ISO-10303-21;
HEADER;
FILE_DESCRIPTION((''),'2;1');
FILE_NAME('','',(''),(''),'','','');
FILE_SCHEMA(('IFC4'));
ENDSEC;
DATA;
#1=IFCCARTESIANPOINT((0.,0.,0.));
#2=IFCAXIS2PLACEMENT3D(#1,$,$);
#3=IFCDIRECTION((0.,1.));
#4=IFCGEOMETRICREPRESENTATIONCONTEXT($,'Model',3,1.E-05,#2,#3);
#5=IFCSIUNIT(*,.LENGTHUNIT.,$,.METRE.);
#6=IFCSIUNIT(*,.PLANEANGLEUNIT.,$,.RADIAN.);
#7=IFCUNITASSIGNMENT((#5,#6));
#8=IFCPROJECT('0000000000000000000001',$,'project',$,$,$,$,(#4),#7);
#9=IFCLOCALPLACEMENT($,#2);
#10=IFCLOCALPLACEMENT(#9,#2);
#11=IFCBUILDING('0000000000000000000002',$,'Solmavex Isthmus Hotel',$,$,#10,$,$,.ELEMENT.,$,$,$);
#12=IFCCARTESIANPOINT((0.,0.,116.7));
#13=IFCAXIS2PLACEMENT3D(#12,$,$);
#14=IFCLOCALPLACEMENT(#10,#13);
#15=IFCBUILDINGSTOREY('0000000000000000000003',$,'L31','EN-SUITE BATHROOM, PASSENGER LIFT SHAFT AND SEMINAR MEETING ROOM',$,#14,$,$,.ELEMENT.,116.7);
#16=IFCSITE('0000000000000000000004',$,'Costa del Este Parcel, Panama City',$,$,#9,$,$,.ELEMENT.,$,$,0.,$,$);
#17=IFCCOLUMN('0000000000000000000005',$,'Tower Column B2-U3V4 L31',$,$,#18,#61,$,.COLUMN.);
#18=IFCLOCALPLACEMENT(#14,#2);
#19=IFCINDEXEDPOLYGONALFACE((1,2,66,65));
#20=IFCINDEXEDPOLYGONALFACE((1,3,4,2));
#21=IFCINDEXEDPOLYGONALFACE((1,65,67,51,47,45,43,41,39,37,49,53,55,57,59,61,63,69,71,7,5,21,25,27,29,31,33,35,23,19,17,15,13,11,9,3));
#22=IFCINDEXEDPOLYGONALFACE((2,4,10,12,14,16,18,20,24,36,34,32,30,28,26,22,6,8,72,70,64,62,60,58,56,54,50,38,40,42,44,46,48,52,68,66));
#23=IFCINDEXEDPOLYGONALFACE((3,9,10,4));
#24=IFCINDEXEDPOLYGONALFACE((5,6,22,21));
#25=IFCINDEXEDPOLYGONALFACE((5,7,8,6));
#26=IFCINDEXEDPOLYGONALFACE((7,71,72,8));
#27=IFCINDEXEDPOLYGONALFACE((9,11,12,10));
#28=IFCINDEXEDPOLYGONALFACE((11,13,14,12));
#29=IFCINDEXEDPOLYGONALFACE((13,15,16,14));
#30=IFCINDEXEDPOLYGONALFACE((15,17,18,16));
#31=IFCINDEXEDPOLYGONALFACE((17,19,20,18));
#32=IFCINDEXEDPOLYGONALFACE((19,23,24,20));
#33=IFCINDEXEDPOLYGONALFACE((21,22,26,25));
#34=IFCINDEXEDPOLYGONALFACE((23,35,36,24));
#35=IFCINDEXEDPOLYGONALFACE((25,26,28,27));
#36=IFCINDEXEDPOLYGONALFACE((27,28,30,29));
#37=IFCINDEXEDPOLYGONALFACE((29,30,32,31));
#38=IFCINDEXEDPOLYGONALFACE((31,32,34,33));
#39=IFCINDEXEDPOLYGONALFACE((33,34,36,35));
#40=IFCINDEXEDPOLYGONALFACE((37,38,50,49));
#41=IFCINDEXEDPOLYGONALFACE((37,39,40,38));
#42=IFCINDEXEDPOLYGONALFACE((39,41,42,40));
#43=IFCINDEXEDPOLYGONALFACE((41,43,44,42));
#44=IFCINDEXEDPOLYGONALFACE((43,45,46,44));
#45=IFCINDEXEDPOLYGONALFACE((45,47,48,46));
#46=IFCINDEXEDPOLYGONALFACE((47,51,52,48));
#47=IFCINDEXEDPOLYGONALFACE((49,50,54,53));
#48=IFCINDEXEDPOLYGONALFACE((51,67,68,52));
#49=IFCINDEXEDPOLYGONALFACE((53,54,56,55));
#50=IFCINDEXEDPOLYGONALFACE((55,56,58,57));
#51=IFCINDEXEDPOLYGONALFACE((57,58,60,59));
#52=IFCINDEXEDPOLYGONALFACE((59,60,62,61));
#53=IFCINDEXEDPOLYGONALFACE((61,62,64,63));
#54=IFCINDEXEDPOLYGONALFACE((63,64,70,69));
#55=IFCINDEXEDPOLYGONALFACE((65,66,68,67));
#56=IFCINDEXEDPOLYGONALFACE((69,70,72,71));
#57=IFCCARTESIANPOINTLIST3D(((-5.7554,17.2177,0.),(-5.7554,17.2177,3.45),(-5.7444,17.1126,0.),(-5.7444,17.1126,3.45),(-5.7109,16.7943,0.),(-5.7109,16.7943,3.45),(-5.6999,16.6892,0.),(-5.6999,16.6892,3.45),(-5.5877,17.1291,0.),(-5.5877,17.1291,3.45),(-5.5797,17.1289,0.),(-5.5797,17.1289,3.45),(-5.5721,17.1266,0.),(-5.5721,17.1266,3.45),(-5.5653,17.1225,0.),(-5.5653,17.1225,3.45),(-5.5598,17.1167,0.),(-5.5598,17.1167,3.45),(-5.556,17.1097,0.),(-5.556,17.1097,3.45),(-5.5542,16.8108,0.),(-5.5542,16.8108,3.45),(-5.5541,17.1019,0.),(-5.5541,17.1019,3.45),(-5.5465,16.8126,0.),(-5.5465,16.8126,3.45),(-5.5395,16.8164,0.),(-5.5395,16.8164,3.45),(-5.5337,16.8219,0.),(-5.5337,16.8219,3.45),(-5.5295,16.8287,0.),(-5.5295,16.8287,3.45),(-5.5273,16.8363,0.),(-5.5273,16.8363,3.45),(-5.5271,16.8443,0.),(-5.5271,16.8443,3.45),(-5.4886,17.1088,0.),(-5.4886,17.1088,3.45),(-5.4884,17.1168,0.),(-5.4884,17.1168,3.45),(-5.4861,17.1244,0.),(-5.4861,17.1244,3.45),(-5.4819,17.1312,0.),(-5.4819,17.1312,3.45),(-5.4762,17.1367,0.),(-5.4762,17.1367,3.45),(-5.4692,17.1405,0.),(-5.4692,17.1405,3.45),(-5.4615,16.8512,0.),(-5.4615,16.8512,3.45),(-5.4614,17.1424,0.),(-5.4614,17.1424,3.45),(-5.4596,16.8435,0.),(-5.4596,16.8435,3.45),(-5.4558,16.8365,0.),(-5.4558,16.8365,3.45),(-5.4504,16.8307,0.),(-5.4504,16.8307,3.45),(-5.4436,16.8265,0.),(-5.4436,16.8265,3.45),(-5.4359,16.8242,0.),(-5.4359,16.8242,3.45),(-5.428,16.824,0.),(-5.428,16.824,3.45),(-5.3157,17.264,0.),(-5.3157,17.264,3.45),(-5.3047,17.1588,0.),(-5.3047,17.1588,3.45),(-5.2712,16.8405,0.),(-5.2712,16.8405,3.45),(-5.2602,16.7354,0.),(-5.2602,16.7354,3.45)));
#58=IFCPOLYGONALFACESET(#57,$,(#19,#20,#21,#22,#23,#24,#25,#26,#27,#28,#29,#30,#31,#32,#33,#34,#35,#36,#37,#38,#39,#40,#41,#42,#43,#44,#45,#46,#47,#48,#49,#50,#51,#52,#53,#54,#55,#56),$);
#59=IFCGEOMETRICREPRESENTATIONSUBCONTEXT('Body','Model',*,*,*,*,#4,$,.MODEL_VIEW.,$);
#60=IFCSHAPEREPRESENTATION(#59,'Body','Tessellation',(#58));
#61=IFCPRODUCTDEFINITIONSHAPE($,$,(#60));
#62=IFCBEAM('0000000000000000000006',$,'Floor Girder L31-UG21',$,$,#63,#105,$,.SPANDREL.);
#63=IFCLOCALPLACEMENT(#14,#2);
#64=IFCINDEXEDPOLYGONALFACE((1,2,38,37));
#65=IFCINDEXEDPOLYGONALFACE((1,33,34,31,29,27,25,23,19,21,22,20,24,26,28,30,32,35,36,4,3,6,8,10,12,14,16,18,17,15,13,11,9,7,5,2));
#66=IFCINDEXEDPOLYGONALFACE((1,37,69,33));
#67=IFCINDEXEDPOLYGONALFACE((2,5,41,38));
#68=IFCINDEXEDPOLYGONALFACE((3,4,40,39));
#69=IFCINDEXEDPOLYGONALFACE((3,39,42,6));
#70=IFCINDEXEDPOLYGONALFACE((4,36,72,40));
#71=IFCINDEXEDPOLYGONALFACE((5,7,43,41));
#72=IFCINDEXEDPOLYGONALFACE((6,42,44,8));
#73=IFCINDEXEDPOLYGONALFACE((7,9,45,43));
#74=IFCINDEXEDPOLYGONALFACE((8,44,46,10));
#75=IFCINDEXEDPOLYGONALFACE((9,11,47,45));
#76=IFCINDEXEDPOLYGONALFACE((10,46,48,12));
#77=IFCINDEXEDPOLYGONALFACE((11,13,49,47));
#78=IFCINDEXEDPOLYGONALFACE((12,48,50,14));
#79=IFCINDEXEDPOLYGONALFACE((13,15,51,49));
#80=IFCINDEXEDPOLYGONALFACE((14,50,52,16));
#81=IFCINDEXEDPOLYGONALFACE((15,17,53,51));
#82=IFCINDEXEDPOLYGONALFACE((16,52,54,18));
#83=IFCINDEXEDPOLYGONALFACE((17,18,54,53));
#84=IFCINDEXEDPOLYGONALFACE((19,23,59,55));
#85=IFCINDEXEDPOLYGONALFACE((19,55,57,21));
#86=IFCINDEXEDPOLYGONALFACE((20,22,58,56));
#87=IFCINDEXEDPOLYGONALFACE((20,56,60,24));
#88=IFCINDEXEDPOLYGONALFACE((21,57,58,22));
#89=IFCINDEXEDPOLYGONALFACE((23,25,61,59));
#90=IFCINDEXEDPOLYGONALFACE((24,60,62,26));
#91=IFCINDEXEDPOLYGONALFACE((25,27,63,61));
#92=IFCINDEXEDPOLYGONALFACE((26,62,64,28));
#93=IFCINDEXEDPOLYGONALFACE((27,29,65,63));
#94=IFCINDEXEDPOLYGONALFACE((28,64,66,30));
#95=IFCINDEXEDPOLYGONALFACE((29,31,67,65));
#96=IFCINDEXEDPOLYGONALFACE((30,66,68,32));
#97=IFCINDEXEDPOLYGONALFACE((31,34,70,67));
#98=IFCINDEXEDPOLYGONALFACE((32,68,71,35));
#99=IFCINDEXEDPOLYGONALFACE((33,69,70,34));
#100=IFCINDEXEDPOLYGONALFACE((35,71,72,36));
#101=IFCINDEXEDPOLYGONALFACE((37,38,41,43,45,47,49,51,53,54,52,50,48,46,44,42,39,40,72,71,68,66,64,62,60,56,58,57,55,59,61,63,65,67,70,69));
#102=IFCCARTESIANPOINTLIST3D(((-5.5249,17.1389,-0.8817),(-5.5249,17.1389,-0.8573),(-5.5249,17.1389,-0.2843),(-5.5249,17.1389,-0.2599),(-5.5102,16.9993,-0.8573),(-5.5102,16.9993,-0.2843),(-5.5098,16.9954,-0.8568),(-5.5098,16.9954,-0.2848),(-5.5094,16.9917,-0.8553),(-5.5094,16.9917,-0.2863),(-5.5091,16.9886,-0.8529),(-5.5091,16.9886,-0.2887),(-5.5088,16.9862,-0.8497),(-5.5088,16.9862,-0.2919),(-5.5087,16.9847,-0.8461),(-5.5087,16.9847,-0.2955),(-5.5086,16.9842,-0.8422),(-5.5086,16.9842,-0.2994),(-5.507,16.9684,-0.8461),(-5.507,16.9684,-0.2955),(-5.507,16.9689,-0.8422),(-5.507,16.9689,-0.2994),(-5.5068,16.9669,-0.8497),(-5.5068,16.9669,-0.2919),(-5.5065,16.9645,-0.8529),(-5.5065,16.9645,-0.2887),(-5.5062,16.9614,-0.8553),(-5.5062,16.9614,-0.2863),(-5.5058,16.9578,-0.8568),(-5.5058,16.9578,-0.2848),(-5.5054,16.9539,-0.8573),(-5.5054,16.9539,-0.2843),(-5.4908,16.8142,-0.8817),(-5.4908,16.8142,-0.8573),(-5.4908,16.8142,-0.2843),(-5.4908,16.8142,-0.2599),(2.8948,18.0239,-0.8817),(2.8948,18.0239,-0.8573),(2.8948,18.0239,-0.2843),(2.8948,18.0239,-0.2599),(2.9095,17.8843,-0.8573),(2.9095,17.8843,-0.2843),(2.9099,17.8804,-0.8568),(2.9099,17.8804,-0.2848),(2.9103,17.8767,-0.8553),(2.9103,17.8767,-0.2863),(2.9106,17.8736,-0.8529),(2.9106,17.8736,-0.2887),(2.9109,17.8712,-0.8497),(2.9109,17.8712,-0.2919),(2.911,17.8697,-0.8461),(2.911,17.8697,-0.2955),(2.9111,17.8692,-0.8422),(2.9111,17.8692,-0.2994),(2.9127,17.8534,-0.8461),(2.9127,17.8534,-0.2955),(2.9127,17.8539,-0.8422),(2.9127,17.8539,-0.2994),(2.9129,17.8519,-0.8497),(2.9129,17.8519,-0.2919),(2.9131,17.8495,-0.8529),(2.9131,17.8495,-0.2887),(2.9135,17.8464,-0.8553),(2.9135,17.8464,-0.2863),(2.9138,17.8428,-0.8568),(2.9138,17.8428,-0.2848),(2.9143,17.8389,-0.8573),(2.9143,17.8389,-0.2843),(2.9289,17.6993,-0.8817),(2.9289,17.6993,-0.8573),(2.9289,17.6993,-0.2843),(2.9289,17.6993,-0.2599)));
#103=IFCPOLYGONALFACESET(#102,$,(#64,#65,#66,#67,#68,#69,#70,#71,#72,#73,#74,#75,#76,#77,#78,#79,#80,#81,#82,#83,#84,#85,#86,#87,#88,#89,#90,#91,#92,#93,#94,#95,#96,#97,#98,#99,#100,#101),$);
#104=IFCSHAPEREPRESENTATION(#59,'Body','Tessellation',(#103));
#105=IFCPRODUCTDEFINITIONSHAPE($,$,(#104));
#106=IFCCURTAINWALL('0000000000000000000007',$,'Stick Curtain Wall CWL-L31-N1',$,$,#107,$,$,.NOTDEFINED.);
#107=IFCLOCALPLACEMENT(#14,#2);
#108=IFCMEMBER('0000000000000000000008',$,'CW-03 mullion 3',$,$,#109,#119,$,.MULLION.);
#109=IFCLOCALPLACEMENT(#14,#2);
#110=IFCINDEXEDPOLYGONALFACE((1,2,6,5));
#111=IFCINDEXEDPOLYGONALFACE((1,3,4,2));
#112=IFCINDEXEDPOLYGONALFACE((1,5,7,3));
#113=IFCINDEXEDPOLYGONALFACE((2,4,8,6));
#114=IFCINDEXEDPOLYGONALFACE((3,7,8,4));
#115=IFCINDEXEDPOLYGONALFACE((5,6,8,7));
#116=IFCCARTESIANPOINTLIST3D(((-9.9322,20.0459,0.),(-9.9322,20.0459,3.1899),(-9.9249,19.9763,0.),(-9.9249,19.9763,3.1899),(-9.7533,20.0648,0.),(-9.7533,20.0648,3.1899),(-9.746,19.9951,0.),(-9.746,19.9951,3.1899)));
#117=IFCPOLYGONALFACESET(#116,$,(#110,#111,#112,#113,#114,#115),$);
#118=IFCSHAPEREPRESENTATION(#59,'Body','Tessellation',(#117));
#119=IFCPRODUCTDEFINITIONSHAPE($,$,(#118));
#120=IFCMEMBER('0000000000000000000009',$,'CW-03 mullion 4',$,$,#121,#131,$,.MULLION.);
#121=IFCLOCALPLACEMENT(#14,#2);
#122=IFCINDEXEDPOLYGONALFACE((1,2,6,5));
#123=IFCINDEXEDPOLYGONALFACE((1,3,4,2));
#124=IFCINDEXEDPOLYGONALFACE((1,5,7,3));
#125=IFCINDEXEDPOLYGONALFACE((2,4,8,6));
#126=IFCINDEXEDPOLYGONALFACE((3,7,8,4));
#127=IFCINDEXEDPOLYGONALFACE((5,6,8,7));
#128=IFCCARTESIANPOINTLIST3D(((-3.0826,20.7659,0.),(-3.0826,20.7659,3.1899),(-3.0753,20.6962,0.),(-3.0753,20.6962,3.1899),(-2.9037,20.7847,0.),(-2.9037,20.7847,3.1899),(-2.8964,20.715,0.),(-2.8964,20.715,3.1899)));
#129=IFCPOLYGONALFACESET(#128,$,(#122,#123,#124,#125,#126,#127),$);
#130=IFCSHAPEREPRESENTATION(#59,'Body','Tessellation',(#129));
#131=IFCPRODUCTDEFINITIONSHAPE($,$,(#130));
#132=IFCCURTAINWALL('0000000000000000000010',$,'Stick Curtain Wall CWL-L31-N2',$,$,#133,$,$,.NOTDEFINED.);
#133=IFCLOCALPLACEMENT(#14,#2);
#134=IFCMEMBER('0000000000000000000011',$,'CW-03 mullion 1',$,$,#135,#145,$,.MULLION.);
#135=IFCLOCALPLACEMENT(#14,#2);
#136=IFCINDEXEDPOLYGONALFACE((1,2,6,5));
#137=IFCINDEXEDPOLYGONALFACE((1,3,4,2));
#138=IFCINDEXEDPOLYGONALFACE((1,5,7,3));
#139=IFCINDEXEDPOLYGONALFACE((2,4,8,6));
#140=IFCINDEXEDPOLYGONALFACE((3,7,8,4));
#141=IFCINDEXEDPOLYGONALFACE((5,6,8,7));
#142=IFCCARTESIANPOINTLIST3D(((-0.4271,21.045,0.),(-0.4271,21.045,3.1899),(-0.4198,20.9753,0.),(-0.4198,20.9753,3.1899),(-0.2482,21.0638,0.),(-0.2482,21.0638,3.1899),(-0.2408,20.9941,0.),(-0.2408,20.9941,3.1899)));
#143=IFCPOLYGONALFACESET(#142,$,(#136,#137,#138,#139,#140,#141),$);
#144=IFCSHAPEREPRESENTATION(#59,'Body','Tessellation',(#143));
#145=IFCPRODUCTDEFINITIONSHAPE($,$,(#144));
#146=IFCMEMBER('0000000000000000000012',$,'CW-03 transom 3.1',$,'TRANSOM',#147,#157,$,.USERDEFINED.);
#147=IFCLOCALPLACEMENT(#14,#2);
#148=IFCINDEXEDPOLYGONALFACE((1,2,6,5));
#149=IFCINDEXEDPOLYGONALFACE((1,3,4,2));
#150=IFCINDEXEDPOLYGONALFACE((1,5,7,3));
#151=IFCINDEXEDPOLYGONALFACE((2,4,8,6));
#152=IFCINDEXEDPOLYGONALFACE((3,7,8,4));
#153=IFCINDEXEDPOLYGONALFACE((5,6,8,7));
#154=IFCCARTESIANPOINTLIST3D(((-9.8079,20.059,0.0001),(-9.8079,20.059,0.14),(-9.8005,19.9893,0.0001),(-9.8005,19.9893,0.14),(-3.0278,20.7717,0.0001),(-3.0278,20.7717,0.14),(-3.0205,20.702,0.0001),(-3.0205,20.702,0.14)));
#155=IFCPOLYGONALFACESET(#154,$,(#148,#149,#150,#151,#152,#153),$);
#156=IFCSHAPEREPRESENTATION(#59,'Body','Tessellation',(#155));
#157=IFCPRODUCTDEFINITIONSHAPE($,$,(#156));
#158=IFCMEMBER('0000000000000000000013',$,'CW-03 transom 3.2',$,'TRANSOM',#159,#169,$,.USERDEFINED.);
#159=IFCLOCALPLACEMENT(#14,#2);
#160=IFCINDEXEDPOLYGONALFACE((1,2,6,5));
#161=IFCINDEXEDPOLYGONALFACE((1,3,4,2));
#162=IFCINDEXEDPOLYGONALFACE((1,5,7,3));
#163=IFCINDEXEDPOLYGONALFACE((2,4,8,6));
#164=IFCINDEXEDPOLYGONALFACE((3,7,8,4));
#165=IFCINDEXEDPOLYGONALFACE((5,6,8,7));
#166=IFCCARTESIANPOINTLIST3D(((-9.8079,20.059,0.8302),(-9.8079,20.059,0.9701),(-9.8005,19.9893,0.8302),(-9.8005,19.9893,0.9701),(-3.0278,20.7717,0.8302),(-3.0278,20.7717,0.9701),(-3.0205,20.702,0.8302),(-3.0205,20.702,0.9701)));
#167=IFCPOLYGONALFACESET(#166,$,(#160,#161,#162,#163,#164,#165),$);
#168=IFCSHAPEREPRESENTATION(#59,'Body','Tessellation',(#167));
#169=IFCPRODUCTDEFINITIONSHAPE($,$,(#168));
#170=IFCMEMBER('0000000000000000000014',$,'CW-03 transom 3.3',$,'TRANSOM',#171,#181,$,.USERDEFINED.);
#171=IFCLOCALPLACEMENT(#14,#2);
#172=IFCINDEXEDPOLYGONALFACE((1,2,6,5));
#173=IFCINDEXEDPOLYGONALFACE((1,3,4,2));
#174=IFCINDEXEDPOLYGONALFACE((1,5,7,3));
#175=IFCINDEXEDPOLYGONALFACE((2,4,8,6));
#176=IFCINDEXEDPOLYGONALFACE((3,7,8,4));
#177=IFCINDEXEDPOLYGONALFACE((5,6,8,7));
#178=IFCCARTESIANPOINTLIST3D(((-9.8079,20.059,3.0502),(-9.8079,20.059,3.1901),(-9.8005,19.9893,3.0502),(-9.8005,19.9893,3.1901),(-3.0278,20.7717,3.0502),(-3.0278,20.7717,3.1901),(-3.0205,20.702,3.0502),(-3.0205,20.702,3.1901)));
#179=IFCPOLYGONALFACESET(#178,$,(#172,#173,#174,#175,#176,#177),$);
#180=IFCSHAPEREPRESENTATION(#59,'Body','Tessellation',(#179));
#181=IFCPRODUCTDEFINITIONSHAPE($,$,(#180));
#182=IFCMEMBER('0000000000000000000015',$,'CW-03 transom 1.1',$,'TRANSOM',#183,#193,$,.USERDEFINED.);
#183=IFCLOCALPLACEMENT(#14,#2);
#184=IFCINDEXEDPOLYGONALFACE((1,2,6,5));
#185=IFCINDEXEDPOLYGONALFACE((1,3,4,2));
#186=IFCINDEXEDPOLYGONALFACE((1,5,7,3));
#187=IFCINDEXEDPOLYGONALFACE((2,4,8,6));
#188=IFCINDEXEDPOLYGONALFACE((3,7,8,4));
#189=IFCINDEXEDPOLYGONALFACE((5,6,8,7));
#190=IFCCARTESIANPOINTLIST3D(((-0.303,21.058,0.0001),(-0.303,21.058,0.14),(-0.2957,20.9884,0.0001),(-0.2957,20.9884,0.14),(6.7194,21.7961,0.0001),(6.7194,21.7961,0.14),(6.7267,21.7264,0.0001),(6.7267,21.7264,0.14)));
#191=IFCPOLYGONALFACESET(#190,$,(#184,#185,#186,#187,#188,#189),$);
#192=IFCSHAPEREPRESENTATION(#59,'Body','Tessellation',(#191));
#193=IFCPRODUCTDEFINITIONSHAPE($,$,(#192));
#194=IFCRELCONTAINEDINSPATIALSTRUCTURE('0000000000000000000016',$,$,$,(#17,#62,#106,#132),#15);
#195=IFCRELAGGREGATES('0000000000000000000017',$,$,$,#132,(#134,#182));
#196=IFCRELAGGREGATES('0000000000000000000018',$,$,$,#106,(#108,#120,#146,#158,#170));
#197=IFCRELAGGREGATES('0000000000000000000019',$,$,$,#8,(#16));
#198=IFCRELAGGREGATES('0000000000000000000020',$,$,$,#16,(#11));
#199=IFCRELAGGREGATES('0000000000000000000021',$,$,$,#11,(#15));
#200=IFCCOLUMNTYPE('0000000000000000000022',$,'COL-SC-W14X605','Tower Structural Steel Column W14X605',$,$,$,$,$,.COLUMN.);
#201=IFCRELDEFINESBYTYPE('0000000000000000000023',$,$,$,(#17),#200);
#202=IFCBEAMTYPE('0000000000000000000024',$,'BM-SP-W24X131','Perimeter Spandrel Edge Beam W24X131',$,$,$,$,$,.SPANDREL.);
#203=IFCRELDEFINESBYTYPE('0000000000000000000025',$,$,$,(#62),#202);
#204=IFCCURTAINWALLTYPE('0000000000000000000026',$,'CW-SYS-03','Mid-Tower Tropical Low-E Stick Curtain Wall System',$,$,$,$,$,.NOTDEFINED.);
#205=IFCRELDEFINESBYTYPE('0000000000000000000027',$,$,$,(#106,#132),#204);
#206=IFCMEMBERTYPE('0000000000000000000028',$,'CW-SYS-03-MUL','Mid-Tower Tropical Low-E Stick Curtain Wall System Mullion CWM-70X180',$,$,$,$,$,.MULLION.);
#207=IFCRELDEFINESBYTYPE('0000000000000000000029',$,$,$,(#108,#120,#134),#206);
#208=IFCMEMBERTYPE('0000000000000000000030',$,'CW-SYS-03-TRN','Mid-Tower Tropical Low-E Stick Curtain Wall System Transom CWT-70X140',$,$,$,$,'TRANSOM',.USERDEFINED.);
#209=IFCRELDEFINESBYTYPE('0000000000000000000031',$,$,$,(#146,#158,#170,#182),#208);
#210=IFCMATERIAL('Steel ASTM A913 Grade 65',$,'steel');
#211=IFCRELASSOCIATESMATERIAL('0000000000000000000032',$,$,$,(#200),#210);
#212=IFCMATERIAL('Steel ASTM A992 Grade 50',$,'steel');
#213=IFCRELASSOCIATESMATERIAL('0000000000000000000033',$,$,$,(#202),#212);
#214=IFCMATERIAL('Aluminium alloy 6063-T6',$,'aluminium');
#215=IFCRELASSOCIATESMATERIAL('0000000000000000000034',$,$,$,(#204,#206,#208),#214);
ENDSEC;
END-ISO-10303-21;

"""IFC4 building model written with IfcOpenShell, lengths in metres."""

from ifc_helpers import new_model, si_unit, direction, frame, origin, origin_2d, place, context, subcontext, project, spatial, rectangle, i_section, extrude, material, material_profile, profile_set, type_object, element, aggregate, save


model = new_model("IFC4")

# Units and contexts
model_context = context("Model", 3, precision=1e-05, world=origin(), true_north=direction((0.0, 1.0)))
body_context = subcontext(model_context, "Body", "Model", "MODEL_VIEW")
ifc_project = project(units=[si_unit("LENGTHUNIT", "METRE"), si_unit("PLANEANGLEUNIT", "RADIAN")], contexts=[model_context])

# Site, building, storey
site_placement = place(None, origin())
site = spatial("IfcSite", under=ifc_project, at=site_placement, Name="Costa del Este Parcel, Panama City", CompositionType="ELEMENT", RefElevation=0.0)
building_placement = place(site_placement, origin())
building = spatial("IfcBuilding", under=site, at=building_placement, Name="Solmavex Isthmus Hotel", CompositionType="ELEMENT")
storey_placement = place(building_placement, frame((0.0, 0.0, 116.7)))
storey = spatial("IfcBuildingStorey", under=building, at=storey_placement, Name="L31", Description="EN-SUITE BATHROOM, PASSENGER LIFT SHAFT AND SEMINAR MEETING ROOM", CompositionType="ELEMENT", Elevation=116.7)

# Column
ifc_material_1 = material(Name="Steel ASTM A913 Grade 65", Category="steel")
ifc_material_profile_1 = material_profile(ifc_material_1, i_section(OverallWidth=0.4421, OverallDepth=0.5315, WebThickness=0.0659, FlangeThickness=0.1057, FilletRadius=0.0305, at=origin_2d()), Name="W14X605")
ifc_profile_set_1 = profile_set([ifc_material_profile_1], Name="Steel ASTM A913 Grade 65")
column_type = type_object("IfcColumnType", Name="COL-SC-W14X605", Description="Tower Structural Steel Column W14X605", PredefinedType="COLUMN", material=ifc_profile_set_1)
column_placement = place(storey_placement, frame((-5.5078, 16.9766, 0.0), z_axis=(0.0, 0.0, 1.0), x_axis=(0.994522, 0.104528, 0.0)))
element("IfcColumn", 1, at=column_placement, inside=storey, type_object=column_type, Name="Tower Column B2-U3V4 L31", PredefinedType="COLUMN", context=body_context, shape_type="SweptSolid", body=[
    extrude(i_section(OverallWidth=0.4421, OverallDepth=0.5315, WebThickness=0.0659, FlangeThickness=0.1057, FilletRadius=0.0305, at=origin_2d()), origin(), (0.0, 0.0, 1.0), 3.45),
])

# Beam
ifc_material_2 = material(Name="Steel ASTM A992 Grade 50", Category="steel")
ifc_material_profile_2 = material_profile(ifc_material_2, i_section(OverallWidth=0.3264, OverallDepth=0.6218, WebThickness=0.0154, FlangeThickness=0.0244, FilletRadius=0.0151, at=origin_2d()), Name="W24X131")
ifc_profile_set_2 = profile_set([ifc_material_profile_2], Name="Steel ASTM A992 Grade 50")
beam_type = type_object("IfcBeamType", Name="BM-SP-W24X131", Description="Perimeter Spandrel Edge Beam W24X131", PredefinedType="SPANDREL", material=ifc_profile_set_2)
beam_placement = place(storey_placement, frame((-5.5078, 16.9766, -0.5708), z_axis=(0.994521, 0.104536, 0.0), x_axis=(-0.104536, 0.994521, 0.0)))
element("IfcBeam", 2, at=beam_placement, inside=storey, type_object=beam_type, Name="Floor Girder L31-UG21", PredefinedType="SPANDREL", context=body_context, shape_type="SweptSolid", body=[
    extrude(i_section(OverallWidth=0.3264, OverallDepth=0.6218, WebThickness=0.0154, FlangeThickness=0.0244, FilletRadius=0.0151, at=origin_2d()), origin(), (0.0, 0.0, 1.0), 8.4661),
])

# Curtain wall, members
ifc_material_3 = material(Name="Aluminium alloy 6063-T6", Category="aluminium")
curtain_wall_type = type_object("IfcCurtainWallType", Name="CW-SYS-03", Description="Mid-Tower Tropical Low-E Stick Curtain Wall System", PredefinedType="NOTDEFINED", material=ifc_material_3)
curtain_wall_1_placement = place(storey_placement, origin())
curtain_wall_1 = element("IfcCurtainWall", 3, at=curtain_wall_1_placement, inside=storey, type_object=curtain_wall_type, Name="Stick Curtain Wall CWL-L31-N1", PredefinedType="NOTDEFINED")
ifc_material_profile_3 = material_profile(ifc_material_3, rectangle(XDim=0.0701, YDim=0.1799, at=origin_2d()), Name="CWM-70X180")
ifc_profile_set_3 = profile_set([ifc_material_profile_3], Name="Aluminium alloy 6063-T6")
member_type_1 = type_object("IfcMemberType", Name="CW-SYS-03-MUL", Description="Mid-Tower Tropical Low-E Stick Curtain Wall System Mullion CWM-70X180", PredefinedType="MULLION", material=ifc_profile_set_3)
member_1_placement = place(storey_placement, frame((-9.8391, 20.0205, 0.0), z_axis=(0.0, 0.0, 1.0), x_axis=(-0.104528, 0.994522, 0.0)))
member_1 = element("IfcMember", 4, at=member_1_placement, type_object=member_type_1, Name="CW-03 mullion 3", PredefinedType="MULLION", context=body_context, shape_type="SweptSolid", body=[
    extrude(rectangle(XDim=0.0701, YDim=0.1799, at=origin_2d()), origin(), (0.0, 0.0, 1.0), 3.1899),
])
member_2_placement = place(storey_placement, frame((-2.9895, 20.7405, 0.0), z_axis=(0.0, 0.0, 1.0), x_axis=(-0.104528, 0.994522, 0.0)))
member_2 = element("IfcMember", 5, at=member_2_placement, type_object=member_type_1, Name="CW-03 mullion 4", PredefinedType="MULLION", context=body_context, shape_type="SweptSolid", body=[
    extrude(rectangle(XDim=0.0701, YDim=0.1799, at=origin_2d()), origin(), (0.0, 0.0, 1.0), 3.1899),
])

# Curtain wall, member
curtain_wall_2_placement = place(storey_placement, origin())
curtain_wall_2 = element("IfcCurtainWall", 6, at=curtain_wall_2_placement, inside=storey, type_object=curtain_wall_type, Name="Stick Curtain Wall CWL-L31-N2", PredefinedType="NOTDEFINED")
member_3_placement = place(storey_placement, frame((-0.334, 21.0195, 0.0), z_axis=(0.0, 0.0, 1.0), x_axis=(-0.104529, 0.994522, 0.0)))
member_3 = element("IfcMember", 7, at=member_3_placement, type_object=member_type_1, Name="CW-03 mullion 1", PredefinedType="MULLION", context=body_context, shape_type="SweptSolid", body=[
    extrude(rectangle(XDim=0.0701, YDim=0.1799, at=origin_2d()), origin(), (0.0, 0.0, 1.0), 3.1899),
])

# Members
ifc_material_profile_4 = material_profile(ifc_material_3, rectangle(XDim=0.0701, YDim=0.1399, at=origin_2d()), Name="CWT-70X140")
ifc_profile_set_4 = profile_set([ifc_material_profile_4], Name="Aluminium alloy 6063-T6")
member_type_2 = type_object("IfcMemberType", Name="CW-SYS-03-TRN", Description="Mid-Tower Tropical Low-E Stick Curtain Wall System Transom CWT-70X140", ElementType="TRANSOM", PredefinedType="USERDEFINED", material=ifc_profile_set_4)
member_4_placement = place(storey_placement, frame((-9.8042, 20.0242, 0.0701), z_axis=(0.994521, 0.104534, 0.0), x_axis=(-0.104534, 0.994521, 0.0)))
member_4 = element("IfcMember", 8, at=member_4_placement, type_object=member_type_2, Name="CW-03 transom 3.1", ObjectType="TRANSOM", PredefinedType="USERDEFINED", context=body_context, shape_type="SweptSolid", body=[
    extrude(rectangle(XDim=0.0701, YDim=0.1399, at=origin_2d()), origin(), (0.0, 0.0, 1.0), 6.8174),
])
member_5_placement = place(storey_placement, frame((-9.8042, 20.0242, 0.9001), z_axis=(0.994521, 0.104534, 0.0), x_axis=(-0.104534, 0.994521, 0.0)))
member_5 = element("IfcMember", 9, at=member_5_placement, type_object=member_type_2, Name="CW-03 transom 3.2", ObjectType="TRANSOM", PredefinedType="USERDEFINED", context=body_context, shape_type="SweptSolid", body=[
    extrude(rectangle(XDim=0.0701, YDim=0.1399, at=origin_2d()), origin(), (0.0, 0.0, 1.0), 6.8174),
])
member_6_placement = place(storey_placement, frame((-9.8042, 20.0242, 3.1201), z_axis=(0.994521, 0.104534, 0.0), x_axis=(-0.104534, 0.994521, 0.0)))
member_6 = element("IfcMember", 10, at=member_6_placement, type_object=member_type_2, Name="CW-03 transom 3.3", ObjectType="TRANSOM", PredefinedType="USERDEFINED", context=body_context, shape_type="SweptSolid", body=[
    extrude(rectangle(XDim=0.0701, YDim=0.1399, at=origin_2d()), origin(), (0.0, 0.0, 1.0), 6.8174),
])
member_7_placement = place(storey_placement, frame((-0.2993, 21.0232, 0.0701), z_axis=(0.994523, 0.104521, 0.0), x_axis=(-0.104521, 0.994523, 0.0)))
member_7 = element("IfcMember", 11, at=member_7_placement, type_object=member_type_2, Name="CW-03 transom 1.1", ObjectType="TRANSOM", PredefinedType="USERDEFINED", context=body_context, shape_type="SweptSolid", body=[
    extrude(rectangle(XDim=0.0701, YDim=0.1399, at=origin_2d()), origin(), (0.0, 0.0, 1.0), 7.061),
])
aggregate(curtain_wall_2, [member_3, member_7])

aggregate(curtain_wall_1, [member_1, member_2, member_4, member_5, member_6])

save(model, "model.ifc")
